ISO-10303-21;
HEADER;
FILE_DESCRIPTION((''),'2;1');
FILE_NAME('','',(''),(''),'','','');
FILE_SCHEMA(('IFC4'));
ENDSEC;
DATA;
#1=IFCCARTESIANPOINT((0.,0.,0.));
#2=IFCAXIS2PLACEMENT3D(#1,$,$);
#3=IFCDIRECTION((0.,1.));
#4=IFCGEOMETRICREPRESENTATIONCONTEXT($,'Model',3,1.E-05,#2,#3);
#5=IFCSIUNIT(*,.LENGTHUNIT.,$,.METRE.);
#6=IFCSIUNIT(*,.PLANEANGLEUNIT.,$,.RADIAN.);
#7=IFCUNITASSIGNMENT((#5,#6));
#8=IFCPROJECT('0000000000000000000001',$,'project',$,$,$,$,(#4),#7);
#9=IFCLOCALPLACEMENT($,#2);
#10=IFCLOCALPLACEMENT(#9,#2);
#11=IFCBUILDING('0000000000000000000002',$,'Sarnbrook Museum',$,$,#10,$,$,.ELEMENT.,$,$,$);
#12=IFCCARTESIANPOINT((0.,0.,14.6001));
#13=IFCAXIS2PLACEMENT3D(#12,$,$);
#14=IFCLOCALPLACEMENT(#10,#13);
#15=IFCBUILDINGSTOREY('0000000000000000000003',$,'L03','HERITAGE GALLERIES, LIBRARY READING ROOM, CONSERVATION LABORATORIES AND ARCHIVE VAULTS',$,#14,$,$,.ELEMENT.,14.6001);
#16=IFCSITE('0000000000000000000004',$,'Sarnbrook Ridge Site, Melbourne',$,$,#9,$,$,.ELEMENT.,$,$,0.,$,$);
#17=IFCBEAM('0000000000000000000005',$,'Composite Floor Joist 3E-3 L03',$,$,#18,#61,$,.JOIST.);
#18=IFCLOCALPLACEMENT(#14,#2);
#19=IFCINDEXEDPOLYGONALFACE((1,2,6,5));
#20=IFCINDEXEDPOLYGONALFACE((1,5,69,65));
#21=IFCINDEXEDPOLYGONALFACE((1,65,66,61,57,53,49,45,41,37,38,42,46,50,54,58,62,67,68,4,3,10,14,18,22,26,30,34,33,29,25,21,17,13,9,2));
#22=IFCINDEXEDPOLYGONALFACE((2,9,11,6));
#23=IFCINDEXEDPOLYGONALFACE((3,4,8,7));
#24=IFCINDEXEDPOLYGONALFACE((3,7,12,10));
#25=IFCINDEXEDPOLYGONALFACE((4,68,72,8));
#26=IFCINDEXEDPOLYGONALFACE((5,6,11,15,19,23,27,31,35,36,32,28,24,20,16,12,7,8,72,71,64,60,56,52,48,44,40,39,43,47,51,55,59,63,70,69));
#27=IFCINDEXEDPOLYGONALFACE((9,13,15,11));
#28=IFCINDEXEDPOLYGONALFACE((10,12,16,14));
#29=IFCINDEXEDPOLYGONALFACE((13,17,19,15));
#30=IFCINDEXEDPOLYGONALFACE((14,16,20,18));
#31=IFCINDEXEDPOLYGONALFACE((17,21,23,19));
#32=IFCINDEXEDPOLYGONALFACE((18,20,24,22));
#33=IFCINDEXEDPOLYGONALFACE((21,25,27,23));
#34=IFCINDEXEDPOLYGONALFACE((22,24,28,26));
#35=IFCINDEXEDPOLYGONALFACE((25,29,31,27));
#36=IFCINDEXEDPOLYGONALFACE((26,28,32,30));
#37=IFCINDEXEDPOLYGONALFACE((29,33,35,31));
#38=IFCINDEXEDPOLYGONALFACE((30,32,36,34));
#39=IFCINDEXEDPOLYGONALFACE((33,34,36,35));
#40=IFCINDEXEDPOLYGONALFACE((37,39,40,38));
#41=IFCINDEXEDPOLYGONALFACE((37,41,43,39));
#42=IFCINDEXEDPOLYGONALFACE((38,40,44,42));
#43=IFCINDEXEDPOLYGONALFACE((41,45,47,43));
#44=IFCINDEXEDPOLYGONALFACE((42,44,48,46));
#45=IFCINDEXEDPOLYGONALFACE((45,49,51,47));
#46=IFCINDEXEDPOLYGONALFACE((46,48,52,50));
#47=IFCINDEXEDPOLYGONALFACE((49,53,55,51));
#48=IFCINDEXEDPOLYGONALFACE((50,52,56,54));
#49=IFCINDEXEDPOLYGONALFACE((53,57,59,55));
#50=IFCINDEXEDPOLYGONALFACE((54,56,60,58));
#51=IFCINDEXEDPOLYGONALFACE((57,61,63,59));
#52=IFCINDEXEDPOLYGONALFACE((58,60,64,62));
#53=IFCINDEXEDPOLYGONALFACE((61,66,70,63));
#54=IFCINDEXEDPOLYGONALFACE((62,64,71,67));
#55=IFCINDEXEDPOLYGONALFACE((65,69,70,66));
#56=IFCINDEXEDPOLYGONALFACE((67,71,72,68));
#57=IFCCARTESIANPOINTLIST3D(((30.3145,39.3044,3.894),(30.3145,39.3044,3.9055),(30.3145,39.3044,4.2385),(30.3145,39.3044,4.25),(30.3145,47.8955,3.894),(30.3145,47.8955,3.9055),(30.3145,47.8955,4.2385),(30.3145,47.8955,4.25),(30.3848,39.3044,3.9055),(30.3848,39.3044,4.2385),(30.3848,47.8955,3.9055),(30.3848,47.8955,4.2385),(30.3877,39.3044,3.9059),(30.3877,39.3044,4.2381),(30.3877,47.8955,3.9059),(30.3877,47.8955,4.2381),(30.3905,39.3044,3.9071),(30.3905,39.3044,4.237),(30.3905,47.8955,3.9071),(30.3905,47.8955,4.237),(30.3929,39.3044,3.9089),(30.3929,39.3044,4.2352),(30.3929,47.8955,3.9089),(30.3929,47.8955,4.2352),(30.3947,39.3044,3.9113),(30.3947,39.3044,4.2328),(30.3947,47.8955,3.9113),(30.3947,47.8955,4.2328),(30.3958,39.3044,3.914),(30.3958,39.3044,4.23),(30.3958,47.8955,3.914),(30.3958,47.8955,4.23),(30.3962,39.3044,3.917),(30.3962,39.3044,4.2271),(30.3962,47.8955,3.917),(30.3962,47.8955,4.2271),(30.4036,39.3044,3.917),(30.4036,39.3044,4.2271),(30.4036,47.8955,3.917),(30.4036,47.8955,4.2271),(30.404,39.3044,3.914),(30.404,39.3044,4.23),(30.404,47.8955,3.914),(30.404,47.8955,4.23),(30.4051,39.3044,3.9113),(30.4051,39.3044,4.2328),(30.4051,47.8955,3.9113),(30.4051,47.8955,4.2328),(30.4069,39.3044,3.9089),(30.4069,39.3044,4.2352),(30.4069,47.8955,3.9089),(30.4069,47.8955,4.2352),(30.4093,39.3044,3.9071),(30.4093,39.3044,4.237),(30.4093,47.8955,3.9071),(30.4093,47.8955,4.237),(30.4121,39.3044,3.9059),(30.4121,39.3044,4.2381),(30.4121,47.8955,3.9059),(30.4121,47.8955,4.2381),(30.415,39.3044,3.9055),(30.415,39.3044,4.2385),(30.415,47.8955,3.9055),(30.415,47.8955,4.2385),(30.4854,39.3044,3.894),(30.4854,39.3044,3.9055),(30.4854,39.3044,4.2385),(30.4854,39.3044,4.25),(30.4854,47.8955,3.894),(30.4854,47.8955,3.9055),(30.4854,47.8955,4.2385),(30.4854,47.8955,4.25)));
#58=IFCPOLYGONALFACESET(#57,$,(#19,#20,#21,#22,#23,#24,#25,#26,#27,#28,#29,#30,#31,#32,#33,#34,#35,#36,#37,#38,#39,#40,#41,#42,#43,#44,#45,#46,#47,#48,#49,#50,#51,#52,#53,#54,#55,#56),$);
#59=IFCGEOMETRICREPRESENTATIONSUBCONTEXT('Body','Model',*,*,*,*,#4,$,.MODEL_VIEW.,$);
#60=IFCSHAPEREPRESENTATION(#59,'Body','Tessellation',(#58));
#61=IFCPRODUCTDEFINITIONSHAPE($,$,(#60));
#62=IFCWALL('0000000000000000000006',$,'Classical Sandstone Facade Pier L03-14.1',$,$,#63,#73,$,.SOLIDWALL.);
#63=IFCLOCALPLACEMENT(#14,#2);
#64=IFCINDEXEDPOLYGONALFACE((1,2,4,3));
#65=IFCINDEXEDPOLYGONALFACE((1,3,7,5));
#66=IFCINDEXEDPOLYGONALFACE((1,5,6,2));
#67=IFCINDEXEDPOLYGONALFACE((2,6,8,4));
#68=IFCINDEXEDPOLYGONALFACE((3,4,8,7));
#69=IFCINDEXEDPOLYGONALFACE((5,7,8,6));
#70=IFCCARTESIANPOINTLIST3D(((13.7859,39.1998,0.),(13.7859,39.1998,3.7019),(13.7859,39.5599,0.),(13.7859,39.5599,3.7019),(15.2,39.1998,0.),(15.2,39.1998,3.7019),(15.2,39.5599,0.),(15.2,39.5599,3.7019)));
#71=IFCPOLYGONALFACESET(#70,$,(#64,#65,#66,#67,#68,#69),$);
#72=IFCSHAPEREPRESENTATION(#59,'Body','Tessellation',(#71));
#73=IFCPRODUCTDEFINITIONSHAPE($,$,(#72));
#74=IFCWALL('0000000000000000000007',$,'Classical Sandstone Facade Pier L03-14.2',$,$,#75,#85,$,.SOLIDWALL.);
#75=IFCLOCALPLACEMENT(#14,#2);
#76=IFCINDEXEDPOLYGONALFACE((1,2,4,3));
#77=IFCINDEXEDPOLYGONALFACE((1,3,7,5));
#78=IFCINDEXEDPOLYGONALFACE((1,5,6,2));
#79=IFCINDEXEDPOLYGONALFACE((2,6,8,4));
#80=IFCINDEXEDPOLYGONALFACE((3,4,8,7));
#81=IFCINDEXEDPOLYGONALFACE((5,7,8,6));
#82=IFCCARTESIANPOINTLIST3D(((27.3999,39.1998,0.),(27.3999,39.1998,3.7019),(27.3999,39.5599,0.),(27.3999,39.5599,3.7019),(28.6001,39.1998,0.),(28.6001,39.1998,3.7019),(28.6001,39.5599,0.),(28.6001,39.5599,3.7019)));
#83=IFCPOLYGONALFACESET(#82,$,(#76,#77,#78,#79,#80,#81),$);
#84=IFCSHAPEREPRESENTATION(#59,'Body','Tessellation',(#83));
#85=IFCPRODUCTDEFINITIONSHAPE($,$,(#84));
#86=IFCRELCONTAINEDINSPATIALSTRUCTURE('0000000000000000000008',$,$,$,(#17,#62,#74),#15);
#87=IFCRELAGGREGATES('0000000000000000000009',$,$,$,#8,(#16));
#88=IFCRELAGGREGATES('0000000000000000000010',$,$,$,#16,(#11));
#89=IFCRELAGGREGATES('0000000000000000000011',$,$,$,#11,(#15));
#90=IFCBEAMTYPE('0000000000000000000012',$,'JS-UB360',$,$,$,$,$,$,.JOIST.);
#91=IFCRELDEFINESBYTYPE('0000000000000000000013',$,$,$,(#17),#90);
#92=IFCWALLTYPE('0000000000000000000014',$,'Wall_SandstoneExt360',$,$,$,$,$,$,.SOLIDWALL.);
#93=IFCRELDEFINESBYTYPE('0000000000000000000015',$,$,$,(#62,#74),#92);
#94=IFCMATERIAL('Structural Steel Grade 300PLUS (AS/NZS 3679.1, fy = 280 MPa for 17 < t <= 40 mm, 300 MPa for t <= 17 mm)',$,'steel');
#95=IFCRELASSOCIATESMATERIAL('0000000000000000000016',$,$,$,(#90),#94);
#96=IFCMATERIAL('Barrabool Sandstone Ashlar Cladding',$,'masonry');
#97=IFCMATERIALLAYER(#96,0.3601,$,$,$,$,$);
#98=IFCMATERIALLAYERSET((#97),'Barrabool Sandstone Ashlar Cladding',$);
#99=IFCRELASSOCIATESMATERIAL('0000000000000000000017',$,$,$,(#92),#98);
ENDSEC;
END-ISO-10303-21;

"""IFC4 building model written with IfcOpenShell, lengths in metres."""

from ifc_helpers import new_model, si_unit, direction, frame, frame_2d, origin, origin_2d, place, context, subcontext, project, spatial, rectangle, i_section, extrude, material, layer, layer_set, material_profile, profile_set, type_object, element, save


model = new_model("IFC4")

# Units and contexts
model_context = context("Model", 3, precision=1e-05, world=origin(), true_north=direction((0.0, 1.0)))
body_context = subcontext(model_context, "Body", "Model", "MODEL_VIEW")
ifc_project = project(units=[si_unit("LENGTHUNIT", "METRE"), si_unit("PLANEANGLEUNIT", "RADIAN")], contexts=[model_context])

# Site, building, storey
site_placement = place(None, origin())
site = spatial("IfcSite", under=ifc_project, at=site_placement, Name="Sarnbrook Ridge Site, Melbourne", CompositionType="ELEMENT", RefElevation=0.0)
building_placement = place(site_placement, origin())
building = spatial("IfcBuilding", under=site, at=building_placement, Name="Sarnbrook Museum", CompositionType="ELEMENT")
storey_placement = place(building_placement, frame((0.0, 0.0, 14.6001)))
storey = spatial("IfcBuildingStorey", under=building, at=storey_placement, Name="L03", Description="HERITAGE GALLERIES, LIBRARY READING ROOM, CONSERVATION LABORATORIES AND ARCHIVE VAULTS", CompositionType="ELEMENT", Elevation=14.6001)

# Shared definitions
ifc_material_1 = material(Name="Structural Steel Grade 300PLUS (AS/NZS 3679.1, fy = 280 MPa for 17 < t <= 40 mm, 300 MPa for t <= 17 mm)", Category="steel")

# Beam
ifc_material_profile_1 = material_profile(ifc_material_1, i_section(OverallWidth=0.1709, OverallDepth=0.356, WebThickness=0.0073, FlangeThickness=0.0115, FilletRadius=0.0115, at=origin_2d()), Name="360UB50.7")
ifc_profile_set_1 = profile_set([ifc_material_profile_1], Name="Structural Steel Grade 300PLUS (AS/NZS 3679.1, fy = 280 MPa for 17 < t <= 40 mm, 300 MPa for t <= 17 mm)")
beam_type_1 = type_object("IfcBeamType", Name="JS-UB360", PredefinedType="JOIST", material=ifc_profile_set_1)
beam_placement = place(storey_placement, frame((30.3999, 39.3044, 4.072), z_axis=(0.0, 1.0, 0.0), x_axis=(-1.0, 0.0, 0.0)))
element("IfcBeam", 1, at=beam_placement, inside=storey, type_object=beam_type_1, Name="Composite Floor Joist 3E-3 L03", PredefinedType="JOIST", context=body_context, shape_type="SweptSolid", body=[
    extrude(i_section(OverallWidth=0.1709, OverallDepth=0.356, WebThickness=0.0073, FlangeThickness=0.0115, FilletRadius=0.0115, at=origin_2d()), origin(), (0.0, 0.0, 1.0), 8.5911),
])

# Walls
ifc_material_2 = material(Name="Barrabool Sandstone Ashlar Cladding", Category="masonry")
ifc_layer = layer(ifc_material_2, 0.3601)
ifc_layer_set = layer_set([ifc_layer], Name="Barrabool Sandstone Ashlar Cladding")
wall_type = type_object("IfcWallType", Name="Wall_SandstoneExt360", PredefinedType="SOLIDWALL", material=ifc_layer_set)
wall_1_placement = place(storey_placement, frame((13.7859, 39.3799, 0.0), z_axis=(0.0, 0.0, 1.0), x_axis=(1.0, 0.0, 0.0)))
element("IfcWall", 2, at=wall_1_placement, inside=storey, type_object=wall_type, Name="Classical Sandstone Facade Pier L03-14.1", PredefinedType="SOLIDWALL", context=body_context, shape_type="SweptSolid", body=[
    extrude(rectangle(XDim=1.4141, YDim=0.3601, at=frame_2d((0.707, 0.0))), origin(), (0.0, 0.0, 1.0), 3.7019),
])
wall_2_placement = place(storey_placement, frame((27.3999, 39.3799, 0.0), z_axis=(0.0, 0.0, 1.0), x_axis=(1.0, 0.0, 0.0)))
element("IfcWall", 3, at=wall_2_placement, inside=storey, type_object=wall_type, Name="Classical Sandstone Facade Pier L03-14.2", PredefinedType="SOLIDWALL", context=body_context, shape_type="SweptSolid", body=[
    extrude(rectangle(XDim=1.2002, YDim=0.3601, at=frame_2d((0.6001, 0.0))), origin(), (0.0, 0.0, 1.0), 3.7019),
])

save(model, "model.ifc")
